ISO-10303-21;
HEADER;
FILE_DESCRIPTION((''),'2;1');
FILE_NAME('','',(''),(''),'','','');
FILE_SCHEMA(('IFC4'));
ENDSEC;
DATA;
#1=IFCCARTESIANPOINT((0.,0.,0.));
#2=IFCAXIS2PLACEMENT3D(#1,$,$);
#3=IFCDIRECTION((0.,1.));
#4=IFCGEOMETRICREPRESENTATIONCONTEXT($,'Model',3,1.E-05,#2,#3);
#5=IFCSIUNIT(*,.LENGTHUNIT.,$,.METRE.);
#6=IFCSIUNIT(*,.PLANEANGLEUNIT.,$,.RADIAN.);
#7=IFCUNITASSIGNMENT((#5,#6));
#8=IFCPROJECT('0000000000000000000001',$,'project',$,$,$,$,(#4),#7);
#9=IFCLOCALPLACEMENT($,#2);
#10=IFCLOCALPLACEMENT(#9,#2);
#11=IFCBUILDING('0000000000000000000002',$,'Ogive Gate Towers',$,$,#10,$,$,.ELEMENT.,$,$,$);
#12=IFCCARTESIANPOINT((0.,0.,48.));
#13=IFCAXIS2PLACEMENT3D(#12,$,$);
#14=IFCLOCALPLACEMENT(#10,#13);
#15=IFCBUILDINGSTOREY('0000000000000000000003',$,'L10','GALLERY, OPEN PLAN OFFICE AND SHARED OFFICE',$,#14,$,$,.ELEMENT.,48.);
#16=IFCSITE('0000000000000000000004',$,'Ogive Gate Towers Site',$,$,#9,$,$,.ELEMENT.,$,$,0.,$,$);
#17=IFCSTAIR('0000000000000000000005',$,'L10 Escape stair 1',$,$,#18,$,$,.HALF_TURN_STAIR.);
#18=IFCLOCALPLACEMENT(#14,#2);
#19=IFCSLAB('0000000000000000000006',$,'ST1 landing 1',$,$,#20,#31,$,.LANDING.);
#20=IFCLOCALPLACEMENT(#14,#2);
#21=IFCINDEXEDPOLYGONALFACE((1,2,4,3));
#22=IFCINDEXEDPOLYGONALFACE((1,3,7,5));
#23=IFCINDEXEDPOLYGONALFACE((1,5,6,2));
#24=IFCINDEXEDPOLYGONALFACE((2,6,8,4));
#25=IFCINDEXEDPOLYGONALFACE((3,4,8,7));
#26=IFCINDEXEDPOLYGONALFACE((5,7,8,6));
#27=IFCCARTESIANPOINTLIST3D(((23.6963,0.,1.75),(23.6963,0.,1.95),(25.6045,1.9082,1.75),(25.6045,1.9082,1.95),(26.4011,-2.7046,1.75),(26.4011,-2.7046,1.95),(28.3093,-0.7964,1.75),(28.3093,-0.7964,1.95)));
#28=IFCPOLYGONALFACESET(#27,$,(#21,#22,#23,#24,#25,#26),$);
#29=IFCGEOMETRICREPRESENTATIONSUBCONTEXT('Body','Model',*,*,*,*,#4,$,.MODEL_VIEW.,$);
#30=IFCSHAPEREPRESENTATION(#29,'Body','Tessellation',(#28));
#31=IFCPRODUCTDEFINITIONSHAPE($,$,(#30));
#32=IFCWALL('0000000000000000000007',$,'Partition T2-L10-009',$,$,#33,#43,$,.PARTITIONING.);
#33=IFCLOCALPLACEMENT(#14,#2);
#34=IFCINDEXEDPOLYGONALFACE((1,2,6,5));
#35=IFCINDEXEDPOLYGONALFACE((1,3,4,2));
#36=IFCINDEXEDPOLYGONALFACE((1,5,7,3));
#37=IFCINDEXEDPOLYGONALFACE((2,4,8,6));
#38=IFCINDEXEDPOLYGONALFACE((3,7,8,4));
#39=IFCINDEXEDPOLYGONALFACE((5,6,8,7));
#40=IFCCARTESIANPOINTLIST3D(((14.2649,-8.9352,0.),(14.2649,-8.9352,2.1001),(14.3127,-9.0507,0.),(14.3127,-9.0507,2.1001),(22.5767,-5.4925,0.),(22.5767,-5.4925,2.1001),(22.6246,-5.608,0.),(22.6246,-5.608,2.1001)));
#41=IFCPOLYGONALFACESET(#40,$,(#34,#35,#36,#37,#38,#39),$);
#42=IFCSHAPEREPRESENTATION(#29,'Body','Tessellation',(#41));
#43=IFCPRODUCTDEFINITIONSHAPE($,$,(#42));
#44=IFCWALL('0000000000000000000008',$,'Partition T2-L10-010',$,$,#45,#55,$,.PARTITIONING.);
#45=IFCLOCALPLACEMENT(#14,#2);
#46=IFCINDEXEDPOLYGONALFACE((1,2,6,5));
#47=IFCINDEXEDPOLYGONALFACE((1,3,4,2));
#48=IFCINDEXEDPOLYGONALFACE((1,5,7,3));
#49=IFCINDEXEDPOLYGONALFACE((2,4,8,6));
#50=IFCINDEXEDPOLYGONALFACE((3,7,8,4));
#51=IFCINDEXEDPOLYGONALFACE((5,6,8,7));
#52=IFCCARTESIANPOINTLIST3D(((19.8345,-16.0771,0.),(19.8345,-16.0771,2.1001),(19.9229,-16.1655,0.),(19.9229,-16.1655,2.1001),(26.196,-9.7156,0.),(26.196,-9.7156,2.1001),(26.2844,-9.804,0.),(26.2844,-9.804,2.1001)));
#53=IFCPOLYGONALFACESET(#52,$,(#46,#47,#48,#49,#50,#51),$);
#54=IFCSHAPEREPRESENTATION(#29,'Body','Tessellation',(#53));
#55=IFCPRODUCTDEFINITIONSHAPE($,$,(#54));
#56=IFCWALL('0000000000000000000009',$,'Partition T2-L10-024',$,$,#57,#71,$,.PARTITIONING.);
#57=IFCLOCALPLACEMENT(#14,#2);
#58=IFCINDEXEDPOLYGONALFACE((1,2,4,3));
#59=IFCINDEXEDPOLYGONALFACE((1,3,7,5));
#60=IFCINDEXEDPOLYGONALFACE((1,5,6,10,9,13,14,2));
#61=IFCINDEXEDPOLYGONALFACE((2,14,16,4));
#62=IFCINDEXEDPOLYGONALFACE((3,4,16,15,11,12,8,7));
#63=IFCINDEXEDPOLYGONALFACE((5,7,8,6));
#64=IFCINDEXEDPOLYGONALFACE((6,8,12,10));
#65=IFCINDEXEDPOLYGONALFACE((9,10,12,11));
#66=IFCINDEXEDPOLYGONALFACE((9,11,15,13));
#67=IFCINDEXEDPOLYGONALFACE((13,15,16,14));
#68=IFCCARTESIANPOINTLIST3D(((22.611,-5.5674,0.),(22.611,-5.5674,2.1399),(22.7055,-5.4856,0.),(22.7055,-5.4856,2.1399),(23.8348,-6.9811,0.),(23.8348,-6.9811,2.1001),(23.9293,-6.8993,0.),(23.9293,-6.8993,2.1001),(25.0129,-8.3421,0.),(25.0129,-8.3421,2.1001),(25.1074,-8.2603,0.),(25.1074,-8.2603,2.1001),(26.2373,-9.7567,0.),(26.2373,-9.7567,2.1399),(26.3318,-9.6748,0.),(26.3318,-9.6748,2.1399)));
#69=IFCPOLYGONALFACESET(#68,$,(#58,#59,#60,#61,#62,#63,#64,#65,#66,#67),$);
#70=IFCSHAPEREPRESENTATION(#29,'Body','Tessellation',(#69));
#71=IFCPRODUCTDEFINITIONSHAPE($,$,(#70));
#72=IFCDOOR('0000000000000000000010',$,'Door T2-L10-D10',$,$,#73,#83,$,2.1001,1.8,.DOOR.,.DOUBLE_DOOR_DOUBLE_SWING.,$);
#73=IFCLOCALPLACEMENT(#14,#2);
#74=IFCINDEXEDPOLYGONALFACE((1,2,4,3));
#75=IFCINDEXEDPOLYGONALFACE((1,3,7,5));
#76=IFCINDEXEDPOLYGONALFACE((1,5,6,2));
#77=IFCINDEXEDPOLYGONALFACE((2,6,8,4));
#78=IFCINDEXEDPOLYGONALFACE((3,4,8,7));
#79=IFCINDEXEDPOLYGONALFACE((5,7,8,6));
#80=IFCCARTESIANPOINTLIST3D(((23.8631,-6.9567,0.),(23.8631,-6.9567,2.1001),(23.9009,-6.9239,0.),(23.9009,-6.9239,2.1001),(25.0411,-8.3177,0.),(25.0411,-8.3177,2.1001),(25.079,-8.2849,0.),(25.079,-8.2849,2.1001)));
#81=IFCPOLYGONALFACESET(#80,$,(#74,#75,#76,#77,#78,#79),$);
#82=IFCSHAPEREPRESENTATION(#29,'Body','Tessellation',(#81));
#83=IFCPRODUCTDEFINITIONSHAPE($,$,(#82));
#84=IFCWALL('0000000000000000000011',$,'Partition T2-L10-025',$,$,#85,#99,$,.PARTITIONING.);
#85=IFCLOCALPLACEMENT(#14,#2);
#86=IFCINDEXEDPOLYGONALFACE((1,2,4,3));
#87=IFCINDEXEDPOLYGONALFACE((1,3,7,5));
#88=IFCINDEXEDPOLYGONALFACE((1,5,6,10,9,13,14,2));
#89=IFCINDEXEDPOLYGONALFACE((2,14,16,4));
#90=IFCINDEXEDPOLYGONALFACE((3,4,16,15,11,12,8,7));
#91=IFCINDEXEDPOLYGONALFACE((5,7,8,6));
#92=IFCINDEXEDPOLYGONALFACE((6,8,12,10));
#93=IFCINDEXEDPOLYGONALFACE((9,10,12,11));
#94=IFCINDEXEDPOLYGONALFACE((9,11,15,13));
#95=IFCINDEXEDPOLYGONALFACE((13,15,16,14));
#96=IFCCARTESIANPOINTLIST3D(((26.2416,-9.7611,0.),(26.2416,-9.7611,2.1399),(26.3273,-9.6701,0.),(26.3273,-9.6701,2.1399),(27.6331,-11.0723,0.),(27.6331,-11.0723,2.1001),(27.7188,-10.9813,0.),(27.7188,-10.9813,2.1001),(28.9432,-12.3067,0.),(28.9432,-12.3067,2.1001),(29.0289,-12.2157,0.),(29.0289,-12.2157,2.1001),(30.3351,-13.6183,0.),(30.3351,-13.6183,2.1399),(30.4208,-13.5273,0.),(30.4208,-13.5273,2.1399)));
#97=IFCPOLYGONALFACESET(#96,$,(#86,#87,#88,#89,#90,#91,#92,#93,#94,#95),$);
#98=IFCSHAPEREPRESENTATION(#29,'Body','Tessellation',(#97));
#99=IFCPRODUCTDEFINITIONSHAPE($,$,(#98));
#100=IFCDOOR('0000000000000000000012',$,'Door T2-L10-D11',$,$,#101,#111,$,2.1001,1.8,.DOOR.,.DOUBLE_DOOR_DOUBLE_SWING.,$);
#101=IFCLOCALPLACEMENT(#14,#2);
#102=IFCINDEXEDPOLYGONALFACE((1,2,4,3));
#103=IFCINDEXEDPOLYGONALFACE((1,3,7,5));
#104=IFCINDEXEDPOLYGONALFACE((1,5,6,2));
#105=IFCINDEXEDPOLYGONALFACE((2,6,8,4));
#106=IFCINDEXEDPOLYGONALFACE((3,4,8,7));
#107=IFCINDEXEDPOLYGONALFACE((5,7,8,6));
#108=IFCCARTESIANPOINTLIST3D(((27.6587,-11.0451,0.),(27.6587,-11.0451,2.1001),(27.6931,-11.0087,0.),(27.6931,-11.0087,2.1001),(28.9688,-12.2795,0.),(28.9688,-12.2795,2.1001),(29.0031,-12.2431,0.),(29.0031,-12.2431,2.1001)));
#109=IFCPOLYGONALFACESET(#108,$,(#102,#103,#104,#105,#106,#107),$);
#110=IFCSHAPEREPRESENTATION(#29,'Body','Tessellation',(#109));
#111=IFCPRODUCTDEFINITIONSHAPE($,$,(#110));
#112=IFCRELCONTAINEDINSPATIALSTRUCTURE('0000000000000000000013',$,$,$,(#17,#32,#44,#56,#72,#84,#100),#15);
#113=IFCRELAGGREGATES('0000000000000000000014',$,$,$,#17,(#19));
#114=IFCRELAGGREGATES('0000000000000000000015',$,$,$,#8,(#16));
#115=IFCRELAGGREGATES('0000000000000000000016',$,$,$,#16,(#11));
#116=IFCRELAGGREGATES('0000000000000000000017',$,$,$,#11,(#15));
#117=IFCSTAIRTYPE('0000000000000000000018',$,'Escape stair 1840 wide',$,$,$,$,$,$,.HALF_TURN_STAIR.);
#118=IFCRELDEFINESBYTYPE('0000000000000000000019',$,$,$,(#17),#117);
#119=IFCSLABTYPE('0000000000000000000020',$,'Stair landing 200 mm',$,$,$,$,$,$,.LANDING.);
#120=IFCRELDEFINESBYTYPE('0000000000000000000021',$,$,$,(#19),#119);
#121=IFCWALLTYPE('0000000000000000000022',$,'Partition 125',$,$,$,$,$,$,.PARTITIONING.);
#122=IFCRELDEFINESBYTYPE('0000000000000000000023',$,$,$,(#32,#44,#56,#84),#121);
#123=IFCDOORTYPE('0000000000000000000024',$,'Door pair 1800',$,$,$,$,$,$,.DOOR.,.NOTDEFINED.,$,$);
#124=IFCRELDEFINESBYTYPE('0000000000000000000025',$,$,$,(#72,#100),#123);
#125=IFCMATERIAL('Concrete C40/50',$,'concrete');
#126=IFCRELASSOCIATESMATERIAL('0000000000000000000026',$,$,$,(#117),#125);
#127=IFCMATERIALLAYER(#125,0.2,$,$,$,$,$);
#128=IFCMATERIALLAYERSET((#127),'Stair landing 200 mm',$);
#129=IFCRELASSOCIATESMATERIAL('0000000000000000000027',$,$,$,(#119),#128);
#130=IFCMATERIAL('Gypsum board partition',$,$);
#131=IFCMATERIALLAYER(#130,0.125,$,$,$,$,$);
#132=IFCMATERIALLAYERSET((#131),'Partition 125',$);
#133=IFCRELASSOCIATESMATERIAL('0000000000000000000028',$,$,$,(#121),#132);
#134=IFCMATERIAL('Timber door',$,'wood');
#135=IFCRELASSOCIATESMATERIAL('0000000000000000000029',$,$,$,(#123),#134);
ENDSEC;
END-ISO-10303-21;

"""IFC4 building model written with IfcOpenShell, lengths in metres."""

from ifc_helpers import new_model, si_unit, direction, frame, frame_2d, origin, place, context, subcontext, project, spatial, polyline, rectangle, outline, extrude, material, layer, layer_set, type_object, element, fill, aggregate, save


model = new_model("IFC4")

# Units and contexts
model_context = context("Model", 3, precision=1e-05, world=origin(), true_north=direction((0.0, 1.0)))
body_context = subcontext(model_context, "Body", "Model", "MODEL_VIEW")
ifc_project = project(units=[si_unit("LENGTHUNIT", "METRE"), si_unit("PLANEANGLEUNIT", "RADIAN")], contexts=[model_context])

# Site, building, storey
site_placement = place(None, origin())
site = spatial("IfcSite", under=ifc_project, at=site_placement, Name="Ogive Gate Towers Site", CompositionType="ELEMENT", RefElevation=0.0)
building_placement = place(site_placement, origin())
building = spatial("IfcBuilding", under=site, at=building_placement, Name="Ogive Gate Towers", CompositionType="ELEMENT")
storey_placement = place(building_placement, frame((0.0, 0.0, 48.0)))
storey = spatial("IfcBuildingStorey", under=building, at=storey_placement, Name="L10", Description="GALLERY, OPEN PLAN OFFICE AND SHARED OFFICE", CompositionType="ELEMENT", Elevation=48.0)

# Shared definitions
ifc_material_1 = material(Name="Concrete C40/50", Category="concrete")

# Stair, slab
stair_type = type_object("IfcStairType", Name="Escape stair 1840 wide", PredefinedType="HALF_TURN_STAIR", material=ifc_material_1)
ifc_layer_1 = layer(ifc_material_1, 0.2)
ifc_layer_set_1 = layer_set([ifc_layer_1], Name="Stair landing 200 mm")
slab_type_1 = type_object("IfcSlabType", Name="Stair landing 200 mm", PredefinedType="LANDING", material=ifc_layer_set_1)
stair_1_placement = place(storey_placement, origin())
stair_1 = element("IfcStair", 1, at=stair_1_placement, inside=storey, type_object=stair_type, Name="L10 Escape stair 1", PredefinedType="HALF_TURN_STAIR")
slab_1_placement = place(storey_placement, frame((0.0, 0.0, 1.75)))
slab_1 = element("IfcSlab", 2, at=slab_1_placement, type_object=slab_type_1, Name="ST1 landing 1", PredefinedType="LANDING", context=body_context, shape_type="SweptSolid", body=[
    extrude(outline(polyline([(25.6045, 1.9082), (23.6963, 0.0), (26.4011, -2.7046), (28.3093, -0.7964), (25.6045, 1.9082)])), origin(), (0.0, 0.0, 1.0), 0.2),
])
aggregate(stair_1, [slab_1])

# Walls
ifc_material_2 = material(Name="Gypsum board partition")
ifc_layer_2 = layer(ifc_material_2, 0.125)
ifc_layer_set_2 = layer_set([ifc_layer_2], Name="Partition 125")
wall_type = type_object("IfcWallType", Name="Partition 125", PredefinedType="PARTITIONING", material=ifc_layer_set_2)
for number, where, z_axis, x_axis, name in (
    (3, (14.2888, -8.9929, 0.0), (0.0, 0.0, 1.0), (0.923888, 0.382663, 0.0), "Partition T2-L10-009"),
    (4, (19.8787, -16.1213, 0.0), (0.0, 0.0, 1.0), (0.707107, 0.707107, 0.0), "Partition T2-L10-010"),
):
    element("IfcWall", number, at=place(storey_placement, frame(where, z_axis=z_axis, x_axis=x_axis)), inside=storey, type_object=wall_type, Name=name, PredefinedType="PARTITIONING", context=body_context, shape_type="SweptSolid", body=[
        extrude(rectangle(XDim=8.9966, YDim=0.125, at=frame_2d((4.4983, 0.0))), origin(), (0.0, 0.0, 1.0), 2.1001),
    ])

# Walls, openings, doors
wall_1_placement = place(storey_placement, frame((22.6582, -5.5264, 0.0), z_axis=(0.0, 0.0, 1.0), x_axis=(0.654474, -0.756084, 0.0)))
wall_1 = element("IfcWall", 5, at=wall_1_placement, inside=storey, type_object=wall_type, Name="Partition T2-L10-024", PredefinedType="PARTITIONING", context=body_context, shape_type="SweptSolid", body=[
    extrude(rectangle(XDim=5.5408, YDim=0.125, at=frame_2d((2.7705, 0.0))), origin(), (0.0, 0.0, 1.0), 2.1399),
])
opening_1_placement = place(wall_1_placement, frame((1.8701, 0.0, 0.0)))
opening_1 = element("IfcOpeningElement", 6, at=opening_1_placement, cuts=wall_1, PredefinedType="OPENING", context=body_context, shape_type="SweptSolid", body=[
    extrude(rectangle(XDim=1.8, YDim=2.1001, at=frame_2d((0.8999, 1.05))), frame((0.0, 0.0725, 0.0), z_axis=(0.0, -1.0, 0.0), x_axis=(1.0, 0.0, 0.0)), (0.0, 0.0, 1.0), 0.145),
])
ifc_material_3 = material(Name="Timber door", Category="wood")
door_type = type_object("IfcDoorType", Name="Door pair 1800", OperationType="NOTDEFINED", PredefinedType="DOOR", material=ifc_material_3)
door_1_placement = place(opening_1_placement, origin())
door_1 = element("IfcDoor", 7, at=door_1_placement, inside=storey, type_object=door_type, Name="Door T2-L10-D10", OperationType="DOUBLE_DOOR_DOUBLE_SWING", OverallHeight=2.1001, OverallWidth=1.8, PredefinedType="DOOR", context=body_context, shape_type="SweptSolid", body=[
    extrude(rectangle(XDim=1.8, YDim=2.1001, at=frame_2d((0.8999, 1.05))), frame((0.0, 0.0249, 0.0), z_axis=(0.0, -1.0, 0.0), x_axis=(1.0, 0.0, 0.0)), (0.0, 0.0, 1.0), 0.05),
])
fill(opening_1, door_1)
wall_2_placement = place(storey_placement, frame((26.2844, -9.7156, 0.0), z_axis=(0.0, 0.0, 1.0), x_axis=(0.727804, -0.685786, 0.0)))
wall_2 = element("IfcWall", 8, at=wall_2_placement, inside=storey, type_object=wall_type, Name="Partition T2-L10-025", PredefinedType="PARTITIONING", context=body_context, shape_type="SweptSolid", body=[
    extrude(rectangle(XDim=5.6245, YDim=0.125, at=frame_2d((2.8123, 0.0))), origin(), (0.0, 0.0, 1.0), 2.1399),
])
opening_2_placement = place(wall_2_placement, frame((1.9121, 0.0, 0.0)))
opening_2 = element("IfcOpeningElement", 9, at=opening_2_placement, cuts=wall_2, PredefinedType="OPENING", context=body_context, shape_type="SweptSolid", body=[
    extrude(rectangle(XDim=1.8, YDim=2.1001, at=frame_2d((0.8999, 1.05))), frame((0.0, 0.0725, 0.0), z_axis=(0.0, -1.0, 0.0), x_axis=(1.0, 0.0, 0.0)), (0.0, 0.0, 1.0), 0.145),
])
door_2_placement = place(opening_2_placement, origin())
door_2 = element("IfcDoor", 10, at=door_2_placement, inside=storey, type_object=door_type, Name="Door T2-L10-D11", OperationType="DOUBLE_DOOR_DOUBLE_SWING", OverallHeight=2.1001, OverallWidth=1.8, PredefinedType="DOOR", context=body_context, shape_type="SweptSolid", body=[
    extrude(rectangle(XDim=1.8, YDim=2.1001, at=frame_2d((0.8999, 1.05))), frame((0.0, 0.0249, 0.0), z_axis=(0.0, -1.0, 0.0), x_axis=(1.0, 0.0, 0.0)), (0.0, 0.0, 1.0), 0.05),
])
fill(opening_2, door_2)

save(model, "model.ifc")
